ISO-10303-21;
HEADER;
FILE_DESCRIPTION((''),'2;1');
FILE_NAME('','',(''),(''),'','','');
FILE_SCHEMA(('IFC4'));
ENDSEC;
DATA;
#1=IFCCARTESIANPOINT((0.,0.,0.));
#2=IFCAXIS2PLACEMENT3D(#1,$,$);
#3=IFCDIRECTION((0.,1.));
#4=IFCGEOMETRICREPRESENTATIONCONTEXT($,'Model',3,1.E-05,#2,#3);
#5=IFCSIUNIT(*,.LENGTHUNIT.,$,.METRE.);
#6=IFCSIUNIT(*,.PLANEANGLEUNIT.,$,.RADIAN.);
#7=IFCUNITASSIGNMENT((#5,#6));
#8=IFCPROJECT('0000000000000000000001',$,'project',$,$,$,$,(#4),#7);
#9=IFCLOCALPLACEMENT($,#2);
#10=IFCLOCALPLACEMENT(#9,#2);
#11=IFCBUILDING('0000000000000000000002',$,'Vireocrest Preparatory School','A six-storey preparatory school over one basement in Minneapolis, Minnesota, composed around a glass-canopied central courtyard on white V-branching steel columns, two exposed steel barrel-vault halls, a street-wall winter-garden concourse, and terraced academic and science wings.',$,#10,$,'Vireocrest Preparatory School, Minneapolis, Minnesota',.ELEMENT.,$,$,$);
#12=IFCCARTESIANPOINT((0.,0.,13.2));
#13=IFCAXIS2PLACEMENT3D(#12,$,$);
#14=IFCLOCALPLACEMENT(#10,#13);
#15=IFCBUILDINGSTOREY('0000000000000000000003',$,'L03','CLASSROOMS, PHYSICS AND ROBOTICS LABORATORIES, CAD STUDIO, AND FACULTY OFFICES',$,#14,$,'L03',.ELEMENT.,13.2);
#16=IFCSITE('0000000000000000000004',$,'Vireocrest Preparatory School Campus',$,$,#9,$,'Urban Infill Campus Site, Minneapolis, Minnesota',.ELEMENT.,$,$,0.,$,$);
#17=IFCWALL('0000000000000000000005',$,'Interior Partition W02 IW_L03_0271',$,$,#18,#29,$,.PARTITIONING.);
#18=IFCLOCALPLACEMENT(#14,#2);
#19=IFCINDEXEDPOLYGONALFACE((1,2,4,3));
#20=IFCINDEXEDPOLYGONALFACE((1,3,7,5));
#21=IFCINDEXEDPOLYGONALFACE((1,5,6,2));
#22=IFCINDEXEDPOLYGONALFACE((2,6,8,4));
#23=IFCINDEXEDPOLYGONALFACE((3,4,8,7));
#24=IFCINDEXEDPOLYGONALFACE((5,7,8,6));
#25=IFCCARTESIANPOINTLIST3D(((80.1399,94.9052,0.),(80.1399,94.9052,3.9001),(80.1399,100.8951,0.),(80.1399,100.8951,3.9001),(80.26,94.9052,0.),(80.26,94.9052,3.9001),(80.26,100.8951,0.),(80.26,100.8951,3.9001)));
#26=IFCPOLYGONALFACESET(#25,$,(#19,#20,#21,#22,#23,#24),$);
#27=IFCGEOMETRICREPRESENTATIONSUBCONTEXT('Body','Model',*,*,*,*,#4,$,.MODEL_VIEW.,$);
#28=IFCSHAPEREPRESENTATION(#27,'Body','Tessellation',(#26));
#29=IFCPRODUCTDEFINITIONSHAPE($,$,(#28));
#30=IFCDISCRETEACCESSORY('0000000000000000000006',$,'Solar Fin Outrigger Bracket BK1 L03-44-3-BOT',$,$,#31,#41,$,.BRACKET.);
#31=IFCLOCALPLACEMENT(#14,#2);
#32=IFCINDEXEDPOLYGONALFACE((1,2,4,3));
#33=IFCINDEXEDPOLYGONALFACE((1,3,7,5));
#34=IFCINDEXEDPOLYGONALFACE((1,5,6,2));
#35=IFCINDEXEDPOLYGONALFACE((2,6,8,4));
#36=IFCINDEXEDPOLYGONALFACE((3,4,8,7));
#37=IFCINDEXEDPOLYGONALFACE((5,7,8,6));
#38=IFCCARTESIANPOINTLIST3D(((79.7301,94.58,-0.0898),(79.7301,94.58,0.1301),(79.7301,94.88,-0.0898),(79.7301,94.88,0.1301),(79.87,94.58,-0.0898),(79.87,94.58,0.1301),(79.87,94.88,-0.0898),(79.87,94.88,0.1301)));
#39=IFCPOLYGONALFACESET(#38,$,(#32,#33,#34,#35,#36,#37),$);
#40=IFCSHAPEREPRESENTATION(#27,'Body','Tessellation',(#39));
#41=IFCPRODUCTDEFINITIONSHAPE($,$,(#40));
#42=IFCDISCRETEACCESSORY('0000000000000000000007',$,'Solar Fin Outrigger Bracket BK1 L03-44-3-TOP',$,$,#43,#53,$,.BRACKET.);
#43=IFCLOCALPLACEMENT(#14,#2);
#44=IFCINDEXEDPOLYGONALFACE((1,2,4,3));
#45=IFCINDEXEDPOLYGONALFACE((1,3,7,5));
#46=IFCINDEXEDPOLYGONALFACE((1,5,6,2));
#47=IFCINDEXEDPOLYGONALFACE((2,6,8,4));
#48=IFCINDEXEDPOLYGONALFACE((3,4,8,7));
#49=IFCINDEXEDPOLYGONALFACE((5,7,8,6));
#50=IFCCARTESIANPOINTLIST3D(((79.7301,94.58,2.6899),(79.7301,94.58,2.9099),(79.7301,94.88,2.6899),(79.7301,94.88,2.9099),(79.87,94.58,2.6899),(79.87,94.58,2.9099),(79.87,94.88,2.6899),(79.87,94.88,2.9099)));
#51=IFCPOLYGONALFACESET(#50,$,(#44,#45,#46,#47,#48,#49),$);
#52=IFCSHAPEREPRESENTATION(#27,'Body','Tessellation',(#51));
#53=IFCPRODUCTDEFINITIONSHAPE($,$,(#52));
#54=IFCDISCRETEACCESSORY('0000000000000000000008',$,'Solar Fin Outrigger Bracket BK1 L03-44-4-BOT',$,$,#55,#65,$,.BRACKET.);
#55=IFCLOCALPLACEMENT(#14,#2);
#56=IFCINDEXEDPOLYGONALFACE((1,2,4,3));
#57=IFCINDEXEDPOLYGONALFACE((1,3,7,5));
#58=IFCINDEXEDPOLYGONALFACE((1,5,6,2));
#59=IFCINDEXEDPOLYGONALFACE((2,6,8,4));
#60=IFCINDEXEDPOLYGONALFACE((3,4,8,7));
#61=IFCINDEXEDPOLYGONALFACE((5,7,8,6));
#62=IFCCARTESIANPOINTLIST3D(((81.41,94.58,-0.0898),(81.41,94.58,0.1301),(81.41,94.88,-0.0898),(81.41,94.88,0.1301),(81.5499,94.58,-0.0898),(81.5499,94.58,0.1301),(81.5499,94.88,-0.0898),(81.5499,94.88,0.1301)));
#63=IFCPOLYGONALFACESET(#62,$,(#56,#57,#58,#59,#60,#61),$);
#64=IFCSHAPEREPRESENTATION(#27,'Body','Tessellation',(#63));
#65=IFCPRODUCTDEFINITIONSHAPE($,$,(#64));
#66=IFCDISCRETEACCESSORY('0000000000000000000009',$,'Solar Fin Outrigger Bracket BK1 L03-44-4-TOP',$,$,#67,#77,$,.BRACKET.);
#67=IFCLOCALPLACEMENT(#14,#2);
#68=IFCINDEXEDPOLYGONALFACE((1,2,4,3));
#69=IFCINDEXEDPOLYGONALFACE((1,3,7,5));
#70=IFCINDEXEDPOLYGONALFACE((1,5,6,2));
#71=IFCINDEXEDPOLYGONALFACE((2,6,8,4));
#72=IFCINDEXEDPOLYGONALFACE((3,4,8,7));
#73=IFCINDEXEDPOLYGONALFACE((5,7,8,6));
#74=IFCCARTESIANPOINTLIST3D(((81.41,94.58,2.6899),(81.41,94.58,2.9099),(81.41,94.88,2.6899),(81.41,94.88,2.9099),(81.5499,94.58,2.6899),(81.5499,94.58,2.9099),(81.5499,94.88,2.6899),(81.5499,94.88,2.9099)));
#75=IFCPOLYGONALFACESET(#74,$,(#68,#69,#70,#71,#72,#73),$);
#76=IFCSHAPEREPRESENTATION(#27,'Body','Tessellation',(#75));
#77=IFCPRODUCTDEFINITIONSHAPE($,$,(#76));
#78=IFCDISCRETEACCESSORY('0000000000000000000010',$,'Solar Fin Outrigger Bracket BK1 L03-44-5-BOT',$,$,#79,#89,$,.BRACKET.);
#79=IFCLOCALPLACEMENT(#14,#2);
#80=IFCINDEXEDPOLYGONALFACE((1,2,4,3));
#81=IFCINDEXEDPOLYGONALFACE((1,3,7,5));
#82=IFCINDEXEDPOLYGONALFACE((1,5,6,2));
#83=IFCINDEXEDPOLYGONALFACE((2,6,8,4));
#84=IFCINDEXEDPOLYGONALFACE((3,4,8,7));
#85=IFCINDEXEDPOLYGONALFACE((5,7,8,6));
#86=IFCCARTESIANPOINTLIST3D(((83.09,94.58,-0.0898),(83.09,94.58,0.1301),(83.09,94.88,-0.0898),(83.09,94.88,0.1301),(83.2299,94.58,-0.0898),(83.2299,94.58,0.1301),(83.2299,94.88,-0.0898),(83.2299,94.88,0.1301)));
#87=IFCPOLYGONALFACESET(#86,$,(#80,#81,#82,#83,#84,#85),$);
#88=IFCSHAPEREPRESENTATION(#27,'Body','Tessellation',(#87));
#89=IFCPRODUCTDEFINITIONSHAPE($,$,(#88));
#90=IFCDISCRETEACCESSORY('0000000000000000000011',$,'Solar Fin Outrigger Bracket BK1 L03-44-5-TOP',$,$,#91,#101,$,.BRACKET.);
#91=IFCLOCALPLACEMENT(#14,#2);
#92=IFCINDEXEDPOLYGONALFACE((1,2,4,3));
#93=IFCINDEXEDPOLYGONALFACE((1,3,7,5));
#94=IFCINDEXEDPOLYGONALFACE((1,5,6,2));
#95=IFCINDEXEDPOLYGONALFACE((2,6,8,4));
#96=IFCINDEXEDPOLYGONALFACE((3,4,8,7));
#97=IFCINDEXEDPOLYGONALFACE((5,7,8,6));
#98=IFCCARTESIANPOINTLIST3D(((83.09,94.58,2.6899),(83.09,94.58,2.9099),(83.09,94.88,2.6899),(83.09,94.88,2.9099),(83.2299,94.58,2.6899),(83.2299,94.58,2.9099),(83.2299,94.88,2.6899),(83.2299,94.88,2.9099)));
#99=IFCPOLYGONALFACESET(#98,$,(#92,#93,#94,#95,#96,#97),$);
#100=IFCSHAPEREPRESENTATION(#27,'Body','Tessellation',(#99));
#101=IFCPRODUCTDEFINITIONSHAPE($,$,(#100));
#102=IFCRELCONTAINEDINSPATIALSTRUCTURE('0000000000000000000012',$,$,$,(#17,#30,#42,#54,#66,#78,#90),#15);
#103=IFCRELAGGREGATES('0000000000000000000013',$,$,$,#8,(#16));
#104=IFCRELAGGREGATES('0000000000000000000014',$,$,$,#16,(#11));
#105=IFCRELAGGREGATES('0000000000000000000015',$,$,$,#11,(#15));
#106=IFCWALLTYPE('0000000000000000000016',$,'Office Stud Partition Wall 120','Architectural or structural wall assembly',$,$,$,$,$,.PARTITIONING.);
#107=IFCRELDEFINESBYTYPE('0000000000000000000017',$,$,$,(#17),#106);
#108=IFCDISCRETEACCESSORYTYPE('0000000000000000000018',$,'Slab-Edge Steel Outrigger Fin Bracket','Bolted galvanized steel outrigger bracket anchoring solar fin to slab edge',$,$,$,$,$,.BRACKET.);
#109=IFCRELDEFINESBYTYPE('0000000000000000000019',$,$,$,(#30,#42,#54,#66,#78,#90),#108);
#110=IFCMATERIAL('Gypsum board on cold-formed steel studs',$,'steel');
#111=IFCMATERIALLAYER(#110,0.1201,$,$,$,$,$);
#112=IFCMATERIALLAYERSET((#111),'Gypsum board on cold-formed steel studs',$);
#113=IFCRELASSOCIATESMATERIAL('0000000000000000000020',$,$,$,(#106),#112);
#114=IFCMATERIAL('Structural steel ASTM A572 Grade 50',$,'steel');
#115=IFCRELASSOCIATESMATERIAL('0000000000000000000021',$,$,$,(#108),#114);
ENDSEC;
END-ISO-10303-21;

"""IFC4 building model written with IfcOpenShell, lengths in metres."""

from ifc_helpers import new_model, si_unit, direction, frame, frame_2d, origin, origin_2d, place, context, subcontext, project, spatial, rectangle, extrude, material, layer, layer_set, type_object, element, save


model = new_model("IFC4")

# Units and contexts
model_context = context("Model", 3, precision=1e-05, world=origin(), true_north=direction((0.0, 1.0)))
body_context = subcontext(model_context, "Body", "Model", "MODEL_VIEW")
ifc_project = project(units=[si_unit("LENGTHUNIT", "METRE"), si_unit("PLANEANGLEUNIT", "RADIAN")], contexts=[model_context])

# Site, building, storey
site_placement = place(None, origin())
site = spatial("IfcSite", under=ifc_project, at=site_placement, Name="Vireocrest Preparatory School Campus", LongName="Urban Infill Campus Site, Minneapolis, Minnesota", CompositionType="ELEMENT", RefElevation=0.0)
building_placement = place(site_placement, origin())
building = spatial("IfcBuilding", under=site, at=building_placement, Name="Vireocrest Preparatory School", Description="A six-storey preparatory school over one basement in Minneapolis, Minnesota, composed around a glass-canopied central courtyard on white V-branching steel columns, two exposed steel barrel-vault halls, a street-wall winter-garden concourse, and terraced academic and science wings.", LongName="Vireocrest Preparatory School, Minneapolis, Minnesota", CompositionType="ELEMENT")
storey_placement = place(building_placement, frame((0.0, 0.0, 13.2)))
storey = spatial("IfcBuildingStorey", under=building, at=storey_placement, Name="L03", Description="CLASSROOMS, PHYSICS AND ROBOTICS LABORATORIES, CAD STUDIO, AND FACULTY OFFICES", LongName="L03", CompositionType="ELEMENT", Elevation=13.2)

# Shared definitions
ifc_material_1 = material(Name="Gypsum board on cold-formed steel studs", Category="steel")

# Wall
ifc_layer_1 = layer(ifc_material_1, 0.1201)
ifc_layer_set_1 = layer_set([ifc_layer_1], Name="Gypsum board on cold-formed steel studs")
wall_type_1 = type_object("IfcWallType", Name="Office Stud Partition Wall 120", Description="Architectural or structural wall assembly", PredefinedType="PARTITIONING", material=ifc_layer_set_1)
wall_1_placement = place(storey_placement, frame((80.2, 94.905, 0.0), z_axis=(0.0, 0.0, 1.0), x_axis=(0.0, 1.0, 0.0)))
element("IfcWall", 1, at=wall_1_placement, inside=storey, type_object=wall_type_1, Name="Interior Partition W02 IW_L03_0271", PredefinedType="PARTITIONING", context=body_context, shape_type="SweptSolid", body=[
    extrude(rectangle(XDim=5.99, YDim=0.1201, at=frame_2d((2.9951, 0.0))), origin(), (0.0, 0.0, 1.0), 3.9001),
])

# Discrete accessories
ifc_material_2 = material(Name="Structural steel ASTM A572 Grade 50", Category="steel")
discrete_accessory_type = type_object("IfcDiscreteAccessoryType", Name="Slab-Edge Steel Outrigger Fin Bracket", Description="Bolted galvanized steel outrigger bracket anchoring solar fin to slab edge", PredefinedType="BRACKET", material=ifc_material_2)
for number, where, z_axis, x_axis, name in (
    (2, (79.8, 94.73, -0.0898), (0.0, 0.0, 1.0), (-1.0, 0.0, 0.0), "Solar Fin Outrigger Bracket BK1 L03-44-3-BOT"),
    (3, (79.8, 94.73, 2.6899), (0.0, 0.0, 1.0), (-1.0, 0.0, 0.0), "Solar Fin Outrigger Bracket BK1 L03-44-3-TOP"),
    (4, (81.48, 94.73, -0.0898), (0.0, 0.0, 1.0), (-1.0, 0.0, 0.0), "Solar Fin Outrigger Bracket BK1 L03-44-4-BOT"),
    (5, (81.48, 94.73, 2.6899), (0.0, 0.0, 1.0), (-1.0, 0.0, 0.0), "Solar Fin Outrigger Bracket BK1 L03-44-4-TOP"),
    (6, (83.1599, 94.73, -0.0898), (0.0, 0.0, 1.0), (-1.0, 0.0, 0.0), "Solar Fin Outrigger Bracket BK1 L03-44-5-BOT"),
    (7, (83.1599, 94.73, 2.6899), (0.0, 0.0, 1.0), (-1.0, 0.0, 0.0), "Solar Fin Outrigger Bracket BK1 L03-44-5-TOP"),
):
    element("IfcDiscreteAccessory", number, at=place(storey_placement, frame(where, z_axis=z_axis, x_axis=x_axis)), inside=storey, type_object=discrete_accessory_type, Name=name, PredefinedType="BRACKET", context=body_context, shape_type="SweptSolid", body=[
        extrude(rectangle(XDim=0.1399, YDim=0.3, at=origin_2d()), origin(), (0.0, 0.0, 1.0), 0.22),
    ])

save(model, "model.ifc")
